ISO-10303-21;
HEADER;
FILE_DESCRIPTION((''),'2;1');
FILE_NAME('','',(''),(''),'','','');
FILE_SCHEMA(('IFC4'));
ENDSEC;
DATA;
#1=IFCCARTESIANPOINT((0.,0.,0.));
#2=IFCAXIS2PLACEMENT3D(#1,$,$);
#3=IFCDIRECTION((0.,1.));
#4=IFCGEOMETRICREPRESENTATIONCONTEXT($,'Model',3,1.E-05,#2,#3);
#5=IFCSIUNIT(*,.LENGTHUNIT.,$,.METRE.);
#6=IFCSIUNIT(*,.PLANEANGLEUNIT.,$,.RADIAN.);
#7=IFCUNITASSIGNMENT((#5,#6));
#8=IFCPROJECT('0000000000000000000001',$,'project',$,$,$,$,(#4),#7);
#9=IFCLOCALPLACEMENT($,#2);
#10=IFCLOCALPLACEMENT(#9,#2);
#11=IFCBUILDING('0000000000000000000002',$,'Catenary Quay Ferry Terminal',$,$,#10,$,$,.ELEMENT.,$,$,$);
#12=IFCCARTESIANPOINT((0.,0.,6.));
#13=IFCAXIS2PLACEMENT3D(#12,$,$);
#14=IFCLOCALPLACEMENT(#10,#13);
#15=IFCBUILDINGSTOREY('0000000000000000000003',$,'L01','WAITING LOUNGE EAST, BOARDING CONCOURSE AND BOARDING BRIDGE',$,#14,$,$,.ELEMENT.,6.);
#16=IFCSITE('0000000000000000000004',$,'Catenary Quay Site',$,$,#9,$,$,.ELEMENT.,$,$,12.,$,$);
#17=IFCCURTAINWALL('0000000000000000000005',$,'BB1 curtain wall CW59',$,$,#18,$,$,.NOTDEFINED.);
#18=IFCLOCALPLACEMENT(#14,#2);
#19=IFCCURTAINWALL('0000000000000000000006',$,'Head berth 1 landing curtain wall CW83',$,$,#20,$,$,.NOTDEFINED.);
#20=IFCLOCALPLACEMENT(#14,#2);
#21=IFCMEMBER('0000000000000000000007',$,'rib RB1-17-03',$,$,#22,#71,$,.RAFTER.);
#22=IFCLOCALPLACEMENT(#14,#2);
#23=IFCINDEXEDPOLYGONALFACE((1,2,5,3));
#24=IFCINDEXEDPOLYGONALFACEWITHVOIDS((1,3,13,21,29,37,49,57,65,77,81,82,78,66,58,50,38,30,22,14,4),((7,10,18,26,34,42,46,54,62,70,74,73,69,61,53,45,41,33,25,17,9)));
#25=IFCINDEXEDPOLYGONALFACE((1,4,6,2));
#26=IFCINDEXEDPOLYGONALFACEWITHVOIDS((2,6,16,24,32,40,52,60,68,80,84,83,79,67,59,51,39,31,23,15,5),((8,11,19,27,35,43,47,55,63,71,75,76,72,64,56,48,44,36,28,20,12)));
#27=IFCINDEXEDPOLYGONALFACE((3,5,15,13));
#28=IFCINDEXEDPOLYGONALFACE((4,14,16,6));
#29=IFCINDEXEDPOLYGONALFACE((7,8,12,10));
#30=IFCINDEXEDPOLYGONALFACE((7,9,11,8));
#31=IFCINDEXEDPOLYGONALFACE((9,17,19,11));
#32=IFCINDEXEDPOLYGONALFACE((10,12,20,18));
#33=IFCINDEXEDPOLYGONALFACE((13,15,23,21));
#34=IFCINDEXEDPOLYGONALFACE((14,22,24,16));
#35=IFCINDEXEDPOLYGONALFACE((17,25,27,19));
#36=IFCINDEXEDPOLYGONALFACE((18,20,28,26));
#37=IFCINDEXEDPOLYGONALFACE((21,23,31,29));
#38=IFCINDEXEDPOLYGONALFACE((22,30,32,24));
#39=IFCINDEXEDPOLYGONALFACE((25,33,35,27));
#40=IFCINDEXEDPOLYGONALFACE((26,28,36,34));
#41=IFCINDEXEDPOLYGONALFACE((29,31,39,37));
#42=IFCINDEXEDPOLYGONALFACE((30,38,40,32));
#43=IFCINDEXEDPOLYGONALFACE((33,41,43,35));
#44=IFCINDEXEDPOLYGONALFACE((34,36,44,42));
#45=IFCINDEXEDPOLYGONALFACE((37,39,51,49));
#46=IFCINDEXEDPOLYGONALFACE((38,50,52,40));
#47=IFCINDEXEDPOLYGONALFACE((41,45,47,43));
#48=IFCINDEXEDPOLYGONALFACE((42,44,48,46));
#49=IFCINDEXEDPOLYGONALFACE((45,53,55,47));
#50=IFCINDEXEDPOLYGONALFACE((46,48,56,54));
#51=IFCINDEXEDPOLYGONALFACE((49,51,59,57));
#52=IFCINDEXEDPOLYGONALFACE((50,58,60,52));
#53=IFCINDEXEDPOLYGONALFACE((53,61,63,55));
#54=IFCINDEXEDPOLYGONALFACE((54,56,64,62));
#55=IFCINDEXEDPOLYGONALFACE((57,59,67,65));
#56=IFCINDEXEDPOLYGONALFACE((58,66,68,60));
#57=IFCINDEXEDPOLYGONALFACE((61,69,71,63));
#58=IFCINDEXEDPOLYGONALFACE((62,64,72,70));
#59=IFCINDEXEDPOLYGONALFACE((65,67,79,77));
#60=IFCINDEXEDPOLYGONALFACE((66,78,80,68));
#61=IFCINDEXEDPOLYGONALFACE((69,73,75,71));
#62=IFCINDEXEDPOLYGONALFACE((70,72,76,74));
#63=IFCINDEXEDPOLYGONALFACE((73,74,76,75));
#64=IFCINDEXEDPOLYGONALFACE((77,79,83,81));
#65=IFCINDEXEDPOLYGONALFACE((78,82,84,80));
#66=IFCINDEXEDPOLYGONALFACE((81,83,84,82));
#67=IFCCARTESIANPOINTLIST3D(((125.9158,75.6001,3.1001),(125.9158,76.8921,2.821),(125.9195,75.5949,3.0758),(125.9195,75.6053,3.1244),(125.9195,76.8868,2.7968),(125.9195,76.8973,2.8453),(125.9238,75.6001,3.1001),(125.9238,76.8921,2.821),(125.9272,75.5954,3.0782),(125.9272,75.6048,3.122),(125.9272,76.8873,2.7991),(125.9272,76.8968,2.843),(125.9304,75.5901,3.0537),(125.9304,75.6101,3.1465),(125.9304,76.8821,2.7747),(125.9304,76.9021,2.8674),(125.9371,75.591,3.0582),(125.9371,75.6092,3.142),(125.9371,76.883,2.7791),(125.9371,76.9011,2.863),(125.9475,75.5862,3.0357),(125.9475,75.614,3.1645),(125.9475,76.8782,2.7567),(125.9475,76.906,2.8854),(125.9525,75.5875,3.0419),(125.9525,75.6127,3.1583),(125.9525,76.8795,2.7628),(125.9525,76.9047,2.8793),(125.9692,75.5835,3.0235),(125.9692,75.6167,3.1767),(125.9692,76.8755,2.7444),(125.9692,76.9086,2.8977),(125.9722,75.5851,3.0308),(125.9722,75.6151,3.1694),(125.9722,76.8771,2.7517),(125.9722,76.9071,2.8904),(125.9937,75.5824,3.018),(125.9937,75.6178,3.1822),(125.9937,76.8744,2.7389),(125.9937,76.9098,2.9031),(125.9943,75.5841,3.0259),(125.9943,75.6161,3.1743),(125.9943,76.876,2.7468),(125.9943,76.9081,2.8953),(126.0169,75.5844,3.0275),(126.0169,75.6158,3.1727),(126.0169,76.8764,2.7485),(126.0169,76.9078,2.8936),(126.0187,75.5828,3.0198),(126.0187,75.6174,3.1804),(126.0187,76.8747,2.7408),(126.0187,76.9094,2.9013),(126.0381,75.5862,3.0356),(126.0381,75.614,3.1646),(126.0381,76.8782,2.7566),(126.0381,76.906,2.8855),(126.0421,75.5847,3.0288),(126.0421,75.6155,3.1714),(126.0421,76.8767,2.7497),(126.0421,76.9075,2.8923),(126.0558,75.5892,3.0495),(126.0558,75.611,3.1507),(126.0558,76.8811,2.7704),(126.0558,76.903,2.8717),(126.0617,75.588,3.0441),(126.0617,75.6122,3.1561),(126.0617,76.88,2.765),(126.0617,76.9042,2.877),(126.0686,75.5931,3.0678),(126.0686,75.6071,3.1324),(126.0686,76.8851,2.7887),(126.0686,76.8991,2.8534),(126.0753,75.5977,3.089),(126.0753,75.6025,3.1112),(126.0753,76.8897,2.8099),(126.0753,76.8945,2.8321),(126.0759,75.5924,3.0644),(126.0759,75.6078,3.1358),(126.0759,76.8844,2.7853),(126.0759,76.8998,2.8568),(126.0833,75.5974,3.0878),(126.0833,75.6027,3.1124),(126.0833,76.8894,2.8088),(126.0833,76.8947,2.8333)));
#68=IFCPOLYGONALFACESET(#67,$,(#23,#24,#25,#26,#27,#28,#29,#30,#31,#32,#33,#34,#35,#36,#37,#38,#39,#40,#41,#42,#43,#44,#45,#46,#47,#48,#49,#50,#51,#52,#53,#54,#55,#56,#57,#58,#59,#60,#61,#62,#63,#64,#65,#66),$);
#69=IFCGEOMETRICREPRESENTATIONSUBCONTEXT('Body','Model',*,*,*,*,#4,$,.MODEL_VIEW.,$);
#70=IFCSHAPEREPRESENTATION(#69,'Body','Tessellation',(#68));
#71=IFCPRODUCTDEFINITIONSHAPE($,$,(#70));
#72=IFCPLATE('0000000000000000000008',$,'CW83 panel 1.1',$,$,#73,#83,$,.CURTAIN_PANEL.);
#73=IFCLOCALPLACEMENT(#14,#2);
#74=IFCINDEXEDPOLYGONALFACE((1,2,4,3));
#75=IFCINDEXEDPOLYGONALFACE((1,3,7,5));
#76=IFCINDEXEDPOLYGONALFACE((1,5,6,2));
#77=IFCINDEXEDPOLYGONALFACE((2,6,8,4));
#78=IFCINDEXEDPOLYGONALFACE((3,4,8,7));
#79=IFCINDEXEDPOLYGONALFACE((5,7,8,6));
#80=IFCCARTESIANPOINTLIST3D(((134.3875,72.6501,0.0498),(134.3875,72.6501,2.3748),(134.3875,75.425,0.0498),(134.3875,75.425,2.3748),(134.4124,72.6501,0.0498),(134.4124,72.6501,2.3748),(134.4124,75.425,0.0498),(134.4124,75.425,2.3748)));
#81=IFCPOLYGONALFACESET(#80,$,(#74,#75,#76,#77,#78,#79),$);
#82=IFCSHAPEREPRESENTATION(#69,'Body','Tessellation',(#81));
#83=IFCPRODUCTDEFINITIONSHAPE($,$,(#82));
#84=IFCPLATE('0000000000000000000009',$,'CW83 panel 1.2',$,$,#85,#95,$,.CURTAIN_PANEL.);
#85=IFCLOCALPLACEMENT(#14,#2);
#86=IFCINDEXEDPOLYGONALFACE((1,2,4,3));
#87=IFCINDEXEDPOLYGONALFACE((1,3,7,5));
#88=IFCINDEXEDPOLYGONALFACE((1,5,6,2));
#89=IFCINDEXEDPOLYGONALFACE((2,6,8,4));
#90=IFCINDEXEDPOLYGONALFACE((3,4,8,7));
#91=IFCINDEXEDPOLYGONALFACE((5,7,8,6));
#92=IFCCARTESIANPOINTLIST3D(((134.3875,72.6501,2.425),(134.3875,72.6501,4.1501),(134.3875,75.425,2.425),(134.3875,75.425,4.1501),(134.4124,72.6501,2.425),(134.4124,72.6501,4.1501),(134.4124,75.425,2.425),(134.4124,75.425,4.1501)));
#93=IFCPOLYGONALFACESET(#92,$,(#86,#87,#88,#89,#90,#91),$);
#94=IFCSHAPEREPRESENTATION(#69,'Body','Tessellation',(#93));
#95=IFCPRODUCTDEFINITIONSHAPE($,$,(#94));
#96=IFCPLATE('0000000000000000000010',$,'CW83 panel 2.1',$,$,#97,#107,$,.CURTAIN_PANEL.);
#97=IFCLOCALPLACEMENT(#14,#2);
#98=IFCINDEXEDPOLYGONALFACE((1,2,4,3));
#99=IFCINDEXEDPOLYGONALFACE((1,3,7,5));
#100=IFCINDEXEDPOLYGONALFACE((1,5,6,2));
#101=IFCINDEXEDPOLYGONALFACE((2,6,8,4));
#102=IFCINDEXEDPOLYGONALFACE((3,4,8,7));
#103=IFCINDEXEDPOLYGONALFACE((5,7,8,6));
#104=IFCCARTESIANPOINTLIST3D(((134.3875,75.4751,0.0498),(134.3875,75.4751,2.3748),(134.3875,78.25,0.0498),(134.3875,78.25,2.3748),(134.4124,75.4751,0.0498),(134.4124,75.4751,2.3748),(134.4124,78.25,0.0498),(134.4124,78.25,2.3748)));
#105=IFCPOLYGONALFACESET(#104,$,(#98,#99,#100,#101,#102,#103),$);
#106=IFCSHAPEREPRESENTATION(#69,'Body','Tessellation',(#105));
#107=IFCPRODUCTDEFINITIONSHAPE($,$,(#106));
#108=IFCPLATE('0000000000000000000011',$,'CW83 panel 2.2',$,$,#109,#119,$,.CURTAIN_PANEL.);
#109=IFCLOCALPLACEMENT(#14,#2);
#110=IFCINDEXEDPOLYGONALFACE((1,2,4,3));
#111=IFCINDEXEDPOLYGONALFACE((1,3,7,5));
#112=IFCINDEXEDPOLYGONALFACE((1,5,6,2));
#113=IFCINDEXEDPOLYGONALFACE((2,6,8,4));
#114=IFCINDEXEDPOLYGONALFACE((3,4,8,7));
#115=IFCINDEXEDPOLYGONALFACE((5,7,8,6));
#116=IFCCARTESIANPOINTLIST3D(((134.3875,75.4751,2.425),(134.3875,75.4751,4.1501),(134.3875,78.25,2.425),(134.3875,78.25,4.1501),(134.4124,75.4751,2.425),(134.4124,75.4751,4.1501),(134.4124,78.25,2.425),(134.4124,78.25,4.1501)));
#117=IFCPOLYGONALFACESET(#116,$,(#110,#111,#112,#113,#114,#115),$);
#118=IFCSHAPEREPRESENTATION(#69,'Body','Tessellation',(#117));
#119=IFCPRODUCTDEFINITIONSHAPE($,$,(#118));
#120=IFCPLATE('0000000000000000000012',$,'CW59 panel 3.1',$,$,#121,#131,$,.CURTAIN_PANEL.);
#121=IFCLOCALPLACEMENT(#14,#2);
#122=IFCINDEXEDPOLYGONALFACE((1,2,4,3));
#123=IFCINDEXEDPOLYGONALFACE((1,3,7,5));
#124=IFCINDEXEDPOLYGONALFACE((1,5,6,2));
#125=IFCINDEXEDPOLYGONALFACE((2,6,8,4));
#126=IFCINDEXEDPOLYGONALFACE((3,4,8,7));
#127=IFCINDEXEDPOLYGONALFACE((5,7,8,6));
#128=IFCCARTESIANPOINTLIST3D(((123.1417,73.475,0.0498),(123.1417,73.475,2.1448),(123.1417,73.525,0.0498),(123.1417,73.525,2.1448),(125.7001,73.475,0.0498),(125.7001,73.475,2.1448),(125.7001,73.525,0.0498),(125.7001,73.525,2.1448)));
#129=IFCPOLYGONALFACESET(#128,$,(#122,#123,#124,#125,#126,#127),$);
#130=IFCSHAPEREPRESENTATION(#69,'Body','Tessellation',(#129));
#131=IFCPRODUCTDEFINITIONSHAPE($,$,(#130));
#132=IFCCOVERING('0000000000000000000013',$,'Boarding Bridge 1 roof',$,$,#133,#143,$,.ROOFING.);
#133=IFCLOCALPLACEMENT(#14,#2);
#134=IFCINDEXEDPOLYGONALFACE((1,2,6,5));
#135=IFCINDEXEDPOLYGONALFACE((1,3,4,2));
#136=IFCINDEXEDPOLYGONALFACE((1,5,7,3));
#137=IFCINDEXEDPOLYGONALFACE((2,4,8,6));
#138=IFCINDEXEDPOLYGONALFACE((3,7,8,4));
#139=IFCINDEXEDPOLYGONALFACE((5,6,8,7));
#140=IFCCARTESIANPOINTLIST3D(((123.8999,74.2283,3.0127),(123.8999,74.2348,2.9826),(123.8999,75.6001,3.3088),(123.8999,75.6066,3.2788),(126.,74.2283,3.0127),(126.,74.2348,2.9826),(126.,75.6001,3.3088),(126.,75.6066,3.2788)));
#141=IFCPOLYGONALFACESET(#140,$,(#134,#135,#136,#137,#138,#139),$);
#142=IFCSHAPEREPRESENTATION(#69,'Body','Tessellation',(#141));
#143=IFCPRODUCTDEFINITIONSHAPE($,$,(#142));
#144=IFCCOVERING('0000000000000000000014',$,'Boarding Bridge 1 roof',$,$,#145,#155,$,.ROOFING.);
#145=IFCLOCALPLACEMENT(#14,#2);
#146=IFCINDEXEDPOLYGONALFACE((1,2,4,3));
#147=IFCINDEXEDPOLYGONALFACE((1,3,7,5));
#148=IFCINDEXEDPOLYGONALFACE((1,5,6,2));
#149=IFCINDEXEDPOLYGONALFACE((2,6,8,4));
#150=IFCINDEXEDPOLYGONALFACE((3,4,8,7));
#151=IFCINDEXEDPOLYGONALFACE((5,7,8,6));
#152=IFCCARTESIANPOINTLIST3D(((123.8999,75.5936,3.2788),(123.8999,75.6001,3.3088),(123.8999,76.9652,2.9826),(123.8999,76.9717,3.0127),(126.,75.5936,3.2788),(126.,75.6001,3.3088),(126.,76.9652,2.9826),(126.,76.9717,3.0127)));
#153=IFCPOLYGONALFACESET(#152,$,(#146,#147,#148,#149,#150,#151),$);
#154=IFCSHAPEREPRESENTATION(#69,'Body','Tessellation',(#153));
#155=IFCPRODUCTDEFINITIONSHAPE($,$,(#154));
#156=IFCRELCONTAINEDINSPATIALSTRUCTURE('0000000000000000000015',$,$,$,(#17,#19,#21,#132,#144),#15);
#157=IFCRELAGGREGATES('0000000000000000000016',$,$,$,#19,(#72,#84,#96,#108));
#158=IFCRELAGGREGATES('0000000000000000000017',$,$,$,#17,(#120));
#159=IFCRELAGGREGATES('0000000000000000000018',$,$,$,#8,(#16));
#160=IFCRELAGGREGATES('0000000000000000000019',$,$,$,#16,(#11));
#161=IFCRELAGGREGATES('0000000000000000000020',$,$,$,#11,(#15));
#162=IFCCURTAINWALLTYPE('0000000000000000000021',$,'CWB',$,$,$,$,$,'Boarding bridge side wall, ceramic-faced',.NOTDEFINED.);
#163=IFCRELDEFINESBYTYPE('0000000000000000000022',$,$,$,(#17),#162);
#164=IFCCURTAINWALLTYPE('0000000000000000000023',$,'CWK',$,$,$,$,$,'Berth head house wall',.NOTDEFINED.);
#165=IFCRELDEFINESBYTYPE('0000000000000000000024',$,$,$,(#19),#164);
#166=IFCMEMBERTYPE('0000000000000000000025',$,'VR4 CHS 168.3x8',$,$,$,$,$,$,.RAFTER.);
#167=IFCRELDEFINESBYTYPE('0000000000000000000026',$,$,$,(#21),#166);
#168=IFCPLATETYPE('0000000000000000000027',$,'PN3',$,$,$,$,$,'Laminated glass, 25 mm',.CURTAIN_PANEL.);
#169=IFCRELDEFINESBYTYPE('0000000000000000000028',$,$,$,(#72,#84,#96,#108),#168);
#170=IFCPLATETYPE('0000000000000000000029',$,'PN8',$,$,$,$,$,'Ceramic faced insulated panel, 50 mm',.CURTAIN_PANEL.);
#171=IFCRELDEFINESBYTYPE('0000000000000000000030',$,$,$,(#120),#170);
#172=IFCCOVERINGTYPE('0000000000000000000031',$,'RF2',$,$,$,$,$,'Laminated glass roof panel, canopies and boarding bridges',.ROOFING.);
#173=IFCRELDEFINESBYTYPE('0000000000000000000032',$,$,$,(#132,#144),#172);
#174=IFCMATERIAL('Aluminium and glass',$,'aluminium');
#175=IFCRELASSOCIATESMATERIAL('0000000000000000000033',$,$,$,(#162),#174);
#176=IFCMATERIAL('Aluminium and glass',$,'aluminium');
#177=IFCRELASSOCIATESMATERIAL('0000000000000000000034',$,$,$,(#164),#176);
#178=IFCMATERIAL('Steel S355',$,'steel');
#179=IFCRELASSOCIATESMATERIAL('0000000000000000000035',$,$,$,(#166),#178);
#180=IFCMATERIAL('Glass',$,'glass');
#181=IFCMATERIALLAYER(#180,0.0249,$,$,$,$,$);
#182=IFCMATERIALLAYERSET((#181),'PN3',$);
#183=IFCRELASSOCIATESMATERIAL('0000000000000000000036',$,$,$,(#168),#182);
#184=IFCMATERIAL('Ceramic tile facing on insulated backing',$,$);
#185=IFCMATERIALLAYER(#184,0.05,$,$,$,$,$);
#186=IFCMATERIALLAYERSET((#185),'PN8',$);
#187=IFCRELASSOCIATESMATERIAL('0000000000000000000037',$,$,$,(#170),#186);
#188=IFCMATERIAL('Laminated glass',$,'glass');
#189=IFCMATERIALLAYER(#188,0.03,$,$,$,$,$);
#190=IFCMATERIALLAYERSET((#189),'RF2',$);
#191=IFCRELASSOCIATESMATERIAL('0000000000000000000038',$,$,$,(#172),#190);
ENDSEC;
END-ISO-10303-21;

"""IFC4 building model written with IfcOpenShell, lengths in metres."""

from ifc_helpers import new_model, si_unit, direction, frame, origin, origin_2d, place, context, subcontext, project, spatial, polyline, rectangle, hollow_circle, outline, extrude, material, layer, layer_set, material_profile, profile_set, type_object, element, aggregate, save


model = new_model("IFC4")

# Units and contexts
model_context = context("Model", 3, precision=1e-05, world=origin(), true_north=direction((0.0, 1.0)))
body_context = subcontext(model_context, "Body", "Model", "MODEL_VIEW")
ifc_project = project(units=[si_unit("LENGTHUNIT", "METRE"), si_unit("PLANEANGLEUNIT", "RADIAN")], contexts=[model_context])

# Site, building, storey
site_placement = place(None, origin())
site = spatial("IfcSite", under=ifc_project, at=site_placement, Name="Catenary Quay Site", CompositionType="ELEMENT", RefElevation=12.0)
building_placement = place(site_placement, origin())
building = spatial("IfcBuilding", under=site, at=building_placement, Name="Catenary Quay Ferry Terminal", CompositionType="ELEMENT")
storey_placement = place(building_placement, frame((0.0, 0.0, 6.0)))
storey = spatial("IfcBuildingStorey", under=building, at=storey_placement, Name="L01", Description="WAITING LOUNGE EAST, BOARDING CONCOURSE AND BOARDING BRIDGE", CompositionType="ELEMENT", Elevation=6.0)

# Curtain wall
ifc_material_1 = material(Name="Aluminium and glass", Category="aluminium")
curtain_wall_type_1 = type_object("IfcCurtainWallType", Name="CWB", ElementType="Boarding bridge side wall, ceramic-faced", PredefinedType="NOTDEFINED", material=ifc_material_1)
curtain_wall_1_placement = place(storey_placement, origin())
curtain_wall_1 = element("IfcCurtainWall", 1, at=curtain_wall_1_placement, inside=storey, type_object=curtain_wall_type_1, Name="BB1 curtain wall CW59", PredefinedType="NOTDEFINED")

# Curtain wall
ifc_material_2 = material(Name="Aluminium and glass", Category="aluminium")
curtain_wall_type_2 = type_object("IfcCurtainWallType", Name="CWK", ElementType="Berth head house wall", PredefinedType="NOTDEFINED", material=ifc_material_2)
curtain_wall_2_placement = place(storey_placement, origin())
curtain_wall_2 = element("IfcCurtainWall", 2, at=curtain_wall_2_placement, inside=storey, type_object=curtain_wall_type_2, Name="Head berth 1 landing curtain wall CW83", PredefinedType="NOTDEFINED")

# Member
ifc_material_3 = material(Name="Steel S355", Category="steel")
ifc_material_profile_1 = material_profile(ifc_material_3, hollow_circle(Radius=0.0842, WallThickness=0.0081, at=origin_2d()), Name="CHS 168.3x8")
ifc_profile_set_1 = profile_set([ifc_material_profile_1], Name="Steel S355")
member_type_1 = type_object("IfcMemberType", Name="VR4 CHS 168.3x8", PredefinedType="RAFTER", material=ifc_profile_set_1)
for number, where, z_axis, x_axis, name in (
    (3, (126.0, 75.6001, 3.1001), (0.0, 0.977461, -0.211118), (-1.0, 0.0, 0.0), "rib RB1-17-03"),
):
    element("IfcMember", number, at=place(storey_placement, frame(where, z_axis=z_axis, x_axis=x_axis)), inside=storey, type_object=member_type_1, Name=name, PredefinedType="RAFTER", context=body_context, shape_type="SweptSolid", body=[
        extrude(hollow_circle(Radius=0.0842, WallThickness=0.0081, at=origin_2d()), origin(), (0.0, 0.0, 1.0), 1.3218),
    ])

# Plates
ifc_material_4 = material(Name="Glass", Category="glass")
ifc_layer_1 = layer(ifc_material_4, 0.0249)
ifc_layer_set_1 = layer_set([ifc_layer_1], Name="PN3")
plate_type_1 = type_object("IfcPlateType", Name="PN3", ElementType="Laminated glass, 25 mm", PredefinedType="CURTAIN_PANEL", material=ifc_layer_set_1)
plate_1_placement = place(storey_placement, frame((134.3999, 74.0376, 0.0498), z_axis=(0.0, 0.0, 1.0), x_axis=(0.0, 1.0, 0.0)))
plate_1 = element("IfcPlate", 4, at=plate_1_placement, type_object=plate_type_1, Name="CW83 panel 1.1", PredefinedType="CURTAIN_PANEL", context=body_context, shape_type="SweptSolid", body=[
    extrude(rectangle(XDim=2.7749, YDim=0.0249, at=origin_2d()), origin(), (0.0, 0.0, 1.0), 2.325),
])
plate_2_placement = place(storey_placement, frame((134.3999, 74.0376, 2.425), z_axis=(0.0, 0.0, 1.0), x_axis=(0.0, 1.0, 0.0)))
plate_2 = element("IfcPlate", 5, at=plate_2_placement, type_object=plate_type_1, Name="CW83 panel 1.2", PredefinedType="CURTAIN_PANEL", context=body_context, shape_type="SweptSolid", body=[
    extrude(rectangle(XDim=2.7749, YDim=0.0249, at=origin_2d()), origin(), (0.0, 0.0, 1.0), 1.7251),
])
plate_3_placement = place(storey_placement, frame((134.3999, 76.8625, 0.0498), z_axis=(0.0, 0.0, 1.0), x_axis=(0.0, 1.0, 0.0)))
plate_3 = element("IfcPlate", 6, at=plate_3_placement, type_object=plate_type_1, Name="CW83 panel 2.1", PredefinedType="CURTAIN_PANEL", context=body_context, shape_type="SweptSolid", body=[
    extrude(rectangle(XDim=2.7749, YDim=0.0249, at=origin_2d()), origin(), (0.0, 0.0, 1.0), 2.325),
])
plate_4_placement = place(storey_placement, frame((134.3999, 76.8625, 2.425), z_axis=(0.0, 0.0, 1.0), x_axis=(0.0, 1.0, 0.0)))
plate_4 = element("IfcPlate", 7, at=plate_4_placement, type_object=plate_type_1, Name="CW83 panel 2.2", PredefinedType="CURTAIN_PANEL", context=body_context, shape_type="SweptSolid", body=[
    extrude(rectangle(XDim=2.7749, YDim=0.0249, at=origin_2d()), origin(), (0.0, 0.0, 1.0), 1.7251),
])
aggregate(curtain_wall_2, [plate_1, plate_2, plate_3, plate_4])
ifc_material_5 = material(Name="Ceramic tile facing on insulated backing")
ifc_layer_2 = layer(ifc_material_5, 0.05)
ifc_layer_set_2 = layer_set([ifc_layer_2], Name="PN8")
plate_type_2 = type_object("IfcPlateType", Name="PN8", ElementType="Ceramic faced insulated panel, 50 mm", PredefinedType="CURTAIN_PANEL", material=ifc_layer_set_2)
plate_5_placement = place(storey_placement, frame((124.4209, 73.5, 0.0498), z_axis=(0.0, 0.0, 1.0), x_axis=(1.0, 0.0, 0.0)))
plate_5 = element("IfcPlate", 8, at=plate_5_placement, type_object=plate_type_2, Name="CW59 panel 3.1", PredefinedType="CURTAIN_PANEL", context=body_context, shape_type="SweptSolid", body=[
    extrude(rectangle(XDim=2.5583, YDim=0.05, at=origin_2d()), origin(), (0.0, 0.0, 1.0), 2.095),
])
aggregate(curtain_wall_1, [plate_5])

# Coverings
ifc_material_6 = material(Name="Laminated glass", Category="glass")
ifc_layer_3 = layer(ifc_material_6, 0.03)
ifc_layer_set_3 = layer_set([ifc_layer_3], Name="RF2")
covering_type = type_object("IfcCoveringType", Name="RF2", ElementType="Laminated glass roof panel, canopies and boarding bridges", PredefinedType="ROOFING", material=ifc_layer_set_3)
covering_1_placement = place(storey_placement, frame((123.8999, 74.2283, 3.0127), z_axis=(0.0, -0.211014, 0.977483), x_axis=(1.0, 0.0, 0.0)))
element("IfcCovering", 9, at=covering_1_placement, inside=storey, type_object=covering_type, Name="Boarding Bridge 1 roof", PredefinedType="ROOFING", context=body_context, shape_type="SweptSolid", body=[
    extrude(outline(polyline([(0.0, 0.0), (2.1001, 0.0), (2.1001, 1.4034), (0.0, 1.4034), (0.0, 0.0)])), origin(), (0.0, 0.0, -1.0), 0.0308),
])
covering_2_placement = place(storey_placement, frame((123.8999, 75.6001, 3.3088), z_axis=(0.0, 0.21105, 0.977475), x_axis=(1.0, 0.0, 0.0)))
element("IfcCovering", 10, at=covering_2_placement, inside=storey, type_object=covering_type, Name="Boarding Bridge 1 roof", PredefinedType="ROOFING", context=body_context, shape_type="SweptSolid", body=[
    extrude(outline(polyline([(0.0, 0.0), (2.1001, 0.0), (2.1001, 1.4032), (0.0, 1.4032), (0.0, 0.0)])), origin(), (0.0, 0.0, -1.0), 0.0308),
])

save(model, "model.ifc")
